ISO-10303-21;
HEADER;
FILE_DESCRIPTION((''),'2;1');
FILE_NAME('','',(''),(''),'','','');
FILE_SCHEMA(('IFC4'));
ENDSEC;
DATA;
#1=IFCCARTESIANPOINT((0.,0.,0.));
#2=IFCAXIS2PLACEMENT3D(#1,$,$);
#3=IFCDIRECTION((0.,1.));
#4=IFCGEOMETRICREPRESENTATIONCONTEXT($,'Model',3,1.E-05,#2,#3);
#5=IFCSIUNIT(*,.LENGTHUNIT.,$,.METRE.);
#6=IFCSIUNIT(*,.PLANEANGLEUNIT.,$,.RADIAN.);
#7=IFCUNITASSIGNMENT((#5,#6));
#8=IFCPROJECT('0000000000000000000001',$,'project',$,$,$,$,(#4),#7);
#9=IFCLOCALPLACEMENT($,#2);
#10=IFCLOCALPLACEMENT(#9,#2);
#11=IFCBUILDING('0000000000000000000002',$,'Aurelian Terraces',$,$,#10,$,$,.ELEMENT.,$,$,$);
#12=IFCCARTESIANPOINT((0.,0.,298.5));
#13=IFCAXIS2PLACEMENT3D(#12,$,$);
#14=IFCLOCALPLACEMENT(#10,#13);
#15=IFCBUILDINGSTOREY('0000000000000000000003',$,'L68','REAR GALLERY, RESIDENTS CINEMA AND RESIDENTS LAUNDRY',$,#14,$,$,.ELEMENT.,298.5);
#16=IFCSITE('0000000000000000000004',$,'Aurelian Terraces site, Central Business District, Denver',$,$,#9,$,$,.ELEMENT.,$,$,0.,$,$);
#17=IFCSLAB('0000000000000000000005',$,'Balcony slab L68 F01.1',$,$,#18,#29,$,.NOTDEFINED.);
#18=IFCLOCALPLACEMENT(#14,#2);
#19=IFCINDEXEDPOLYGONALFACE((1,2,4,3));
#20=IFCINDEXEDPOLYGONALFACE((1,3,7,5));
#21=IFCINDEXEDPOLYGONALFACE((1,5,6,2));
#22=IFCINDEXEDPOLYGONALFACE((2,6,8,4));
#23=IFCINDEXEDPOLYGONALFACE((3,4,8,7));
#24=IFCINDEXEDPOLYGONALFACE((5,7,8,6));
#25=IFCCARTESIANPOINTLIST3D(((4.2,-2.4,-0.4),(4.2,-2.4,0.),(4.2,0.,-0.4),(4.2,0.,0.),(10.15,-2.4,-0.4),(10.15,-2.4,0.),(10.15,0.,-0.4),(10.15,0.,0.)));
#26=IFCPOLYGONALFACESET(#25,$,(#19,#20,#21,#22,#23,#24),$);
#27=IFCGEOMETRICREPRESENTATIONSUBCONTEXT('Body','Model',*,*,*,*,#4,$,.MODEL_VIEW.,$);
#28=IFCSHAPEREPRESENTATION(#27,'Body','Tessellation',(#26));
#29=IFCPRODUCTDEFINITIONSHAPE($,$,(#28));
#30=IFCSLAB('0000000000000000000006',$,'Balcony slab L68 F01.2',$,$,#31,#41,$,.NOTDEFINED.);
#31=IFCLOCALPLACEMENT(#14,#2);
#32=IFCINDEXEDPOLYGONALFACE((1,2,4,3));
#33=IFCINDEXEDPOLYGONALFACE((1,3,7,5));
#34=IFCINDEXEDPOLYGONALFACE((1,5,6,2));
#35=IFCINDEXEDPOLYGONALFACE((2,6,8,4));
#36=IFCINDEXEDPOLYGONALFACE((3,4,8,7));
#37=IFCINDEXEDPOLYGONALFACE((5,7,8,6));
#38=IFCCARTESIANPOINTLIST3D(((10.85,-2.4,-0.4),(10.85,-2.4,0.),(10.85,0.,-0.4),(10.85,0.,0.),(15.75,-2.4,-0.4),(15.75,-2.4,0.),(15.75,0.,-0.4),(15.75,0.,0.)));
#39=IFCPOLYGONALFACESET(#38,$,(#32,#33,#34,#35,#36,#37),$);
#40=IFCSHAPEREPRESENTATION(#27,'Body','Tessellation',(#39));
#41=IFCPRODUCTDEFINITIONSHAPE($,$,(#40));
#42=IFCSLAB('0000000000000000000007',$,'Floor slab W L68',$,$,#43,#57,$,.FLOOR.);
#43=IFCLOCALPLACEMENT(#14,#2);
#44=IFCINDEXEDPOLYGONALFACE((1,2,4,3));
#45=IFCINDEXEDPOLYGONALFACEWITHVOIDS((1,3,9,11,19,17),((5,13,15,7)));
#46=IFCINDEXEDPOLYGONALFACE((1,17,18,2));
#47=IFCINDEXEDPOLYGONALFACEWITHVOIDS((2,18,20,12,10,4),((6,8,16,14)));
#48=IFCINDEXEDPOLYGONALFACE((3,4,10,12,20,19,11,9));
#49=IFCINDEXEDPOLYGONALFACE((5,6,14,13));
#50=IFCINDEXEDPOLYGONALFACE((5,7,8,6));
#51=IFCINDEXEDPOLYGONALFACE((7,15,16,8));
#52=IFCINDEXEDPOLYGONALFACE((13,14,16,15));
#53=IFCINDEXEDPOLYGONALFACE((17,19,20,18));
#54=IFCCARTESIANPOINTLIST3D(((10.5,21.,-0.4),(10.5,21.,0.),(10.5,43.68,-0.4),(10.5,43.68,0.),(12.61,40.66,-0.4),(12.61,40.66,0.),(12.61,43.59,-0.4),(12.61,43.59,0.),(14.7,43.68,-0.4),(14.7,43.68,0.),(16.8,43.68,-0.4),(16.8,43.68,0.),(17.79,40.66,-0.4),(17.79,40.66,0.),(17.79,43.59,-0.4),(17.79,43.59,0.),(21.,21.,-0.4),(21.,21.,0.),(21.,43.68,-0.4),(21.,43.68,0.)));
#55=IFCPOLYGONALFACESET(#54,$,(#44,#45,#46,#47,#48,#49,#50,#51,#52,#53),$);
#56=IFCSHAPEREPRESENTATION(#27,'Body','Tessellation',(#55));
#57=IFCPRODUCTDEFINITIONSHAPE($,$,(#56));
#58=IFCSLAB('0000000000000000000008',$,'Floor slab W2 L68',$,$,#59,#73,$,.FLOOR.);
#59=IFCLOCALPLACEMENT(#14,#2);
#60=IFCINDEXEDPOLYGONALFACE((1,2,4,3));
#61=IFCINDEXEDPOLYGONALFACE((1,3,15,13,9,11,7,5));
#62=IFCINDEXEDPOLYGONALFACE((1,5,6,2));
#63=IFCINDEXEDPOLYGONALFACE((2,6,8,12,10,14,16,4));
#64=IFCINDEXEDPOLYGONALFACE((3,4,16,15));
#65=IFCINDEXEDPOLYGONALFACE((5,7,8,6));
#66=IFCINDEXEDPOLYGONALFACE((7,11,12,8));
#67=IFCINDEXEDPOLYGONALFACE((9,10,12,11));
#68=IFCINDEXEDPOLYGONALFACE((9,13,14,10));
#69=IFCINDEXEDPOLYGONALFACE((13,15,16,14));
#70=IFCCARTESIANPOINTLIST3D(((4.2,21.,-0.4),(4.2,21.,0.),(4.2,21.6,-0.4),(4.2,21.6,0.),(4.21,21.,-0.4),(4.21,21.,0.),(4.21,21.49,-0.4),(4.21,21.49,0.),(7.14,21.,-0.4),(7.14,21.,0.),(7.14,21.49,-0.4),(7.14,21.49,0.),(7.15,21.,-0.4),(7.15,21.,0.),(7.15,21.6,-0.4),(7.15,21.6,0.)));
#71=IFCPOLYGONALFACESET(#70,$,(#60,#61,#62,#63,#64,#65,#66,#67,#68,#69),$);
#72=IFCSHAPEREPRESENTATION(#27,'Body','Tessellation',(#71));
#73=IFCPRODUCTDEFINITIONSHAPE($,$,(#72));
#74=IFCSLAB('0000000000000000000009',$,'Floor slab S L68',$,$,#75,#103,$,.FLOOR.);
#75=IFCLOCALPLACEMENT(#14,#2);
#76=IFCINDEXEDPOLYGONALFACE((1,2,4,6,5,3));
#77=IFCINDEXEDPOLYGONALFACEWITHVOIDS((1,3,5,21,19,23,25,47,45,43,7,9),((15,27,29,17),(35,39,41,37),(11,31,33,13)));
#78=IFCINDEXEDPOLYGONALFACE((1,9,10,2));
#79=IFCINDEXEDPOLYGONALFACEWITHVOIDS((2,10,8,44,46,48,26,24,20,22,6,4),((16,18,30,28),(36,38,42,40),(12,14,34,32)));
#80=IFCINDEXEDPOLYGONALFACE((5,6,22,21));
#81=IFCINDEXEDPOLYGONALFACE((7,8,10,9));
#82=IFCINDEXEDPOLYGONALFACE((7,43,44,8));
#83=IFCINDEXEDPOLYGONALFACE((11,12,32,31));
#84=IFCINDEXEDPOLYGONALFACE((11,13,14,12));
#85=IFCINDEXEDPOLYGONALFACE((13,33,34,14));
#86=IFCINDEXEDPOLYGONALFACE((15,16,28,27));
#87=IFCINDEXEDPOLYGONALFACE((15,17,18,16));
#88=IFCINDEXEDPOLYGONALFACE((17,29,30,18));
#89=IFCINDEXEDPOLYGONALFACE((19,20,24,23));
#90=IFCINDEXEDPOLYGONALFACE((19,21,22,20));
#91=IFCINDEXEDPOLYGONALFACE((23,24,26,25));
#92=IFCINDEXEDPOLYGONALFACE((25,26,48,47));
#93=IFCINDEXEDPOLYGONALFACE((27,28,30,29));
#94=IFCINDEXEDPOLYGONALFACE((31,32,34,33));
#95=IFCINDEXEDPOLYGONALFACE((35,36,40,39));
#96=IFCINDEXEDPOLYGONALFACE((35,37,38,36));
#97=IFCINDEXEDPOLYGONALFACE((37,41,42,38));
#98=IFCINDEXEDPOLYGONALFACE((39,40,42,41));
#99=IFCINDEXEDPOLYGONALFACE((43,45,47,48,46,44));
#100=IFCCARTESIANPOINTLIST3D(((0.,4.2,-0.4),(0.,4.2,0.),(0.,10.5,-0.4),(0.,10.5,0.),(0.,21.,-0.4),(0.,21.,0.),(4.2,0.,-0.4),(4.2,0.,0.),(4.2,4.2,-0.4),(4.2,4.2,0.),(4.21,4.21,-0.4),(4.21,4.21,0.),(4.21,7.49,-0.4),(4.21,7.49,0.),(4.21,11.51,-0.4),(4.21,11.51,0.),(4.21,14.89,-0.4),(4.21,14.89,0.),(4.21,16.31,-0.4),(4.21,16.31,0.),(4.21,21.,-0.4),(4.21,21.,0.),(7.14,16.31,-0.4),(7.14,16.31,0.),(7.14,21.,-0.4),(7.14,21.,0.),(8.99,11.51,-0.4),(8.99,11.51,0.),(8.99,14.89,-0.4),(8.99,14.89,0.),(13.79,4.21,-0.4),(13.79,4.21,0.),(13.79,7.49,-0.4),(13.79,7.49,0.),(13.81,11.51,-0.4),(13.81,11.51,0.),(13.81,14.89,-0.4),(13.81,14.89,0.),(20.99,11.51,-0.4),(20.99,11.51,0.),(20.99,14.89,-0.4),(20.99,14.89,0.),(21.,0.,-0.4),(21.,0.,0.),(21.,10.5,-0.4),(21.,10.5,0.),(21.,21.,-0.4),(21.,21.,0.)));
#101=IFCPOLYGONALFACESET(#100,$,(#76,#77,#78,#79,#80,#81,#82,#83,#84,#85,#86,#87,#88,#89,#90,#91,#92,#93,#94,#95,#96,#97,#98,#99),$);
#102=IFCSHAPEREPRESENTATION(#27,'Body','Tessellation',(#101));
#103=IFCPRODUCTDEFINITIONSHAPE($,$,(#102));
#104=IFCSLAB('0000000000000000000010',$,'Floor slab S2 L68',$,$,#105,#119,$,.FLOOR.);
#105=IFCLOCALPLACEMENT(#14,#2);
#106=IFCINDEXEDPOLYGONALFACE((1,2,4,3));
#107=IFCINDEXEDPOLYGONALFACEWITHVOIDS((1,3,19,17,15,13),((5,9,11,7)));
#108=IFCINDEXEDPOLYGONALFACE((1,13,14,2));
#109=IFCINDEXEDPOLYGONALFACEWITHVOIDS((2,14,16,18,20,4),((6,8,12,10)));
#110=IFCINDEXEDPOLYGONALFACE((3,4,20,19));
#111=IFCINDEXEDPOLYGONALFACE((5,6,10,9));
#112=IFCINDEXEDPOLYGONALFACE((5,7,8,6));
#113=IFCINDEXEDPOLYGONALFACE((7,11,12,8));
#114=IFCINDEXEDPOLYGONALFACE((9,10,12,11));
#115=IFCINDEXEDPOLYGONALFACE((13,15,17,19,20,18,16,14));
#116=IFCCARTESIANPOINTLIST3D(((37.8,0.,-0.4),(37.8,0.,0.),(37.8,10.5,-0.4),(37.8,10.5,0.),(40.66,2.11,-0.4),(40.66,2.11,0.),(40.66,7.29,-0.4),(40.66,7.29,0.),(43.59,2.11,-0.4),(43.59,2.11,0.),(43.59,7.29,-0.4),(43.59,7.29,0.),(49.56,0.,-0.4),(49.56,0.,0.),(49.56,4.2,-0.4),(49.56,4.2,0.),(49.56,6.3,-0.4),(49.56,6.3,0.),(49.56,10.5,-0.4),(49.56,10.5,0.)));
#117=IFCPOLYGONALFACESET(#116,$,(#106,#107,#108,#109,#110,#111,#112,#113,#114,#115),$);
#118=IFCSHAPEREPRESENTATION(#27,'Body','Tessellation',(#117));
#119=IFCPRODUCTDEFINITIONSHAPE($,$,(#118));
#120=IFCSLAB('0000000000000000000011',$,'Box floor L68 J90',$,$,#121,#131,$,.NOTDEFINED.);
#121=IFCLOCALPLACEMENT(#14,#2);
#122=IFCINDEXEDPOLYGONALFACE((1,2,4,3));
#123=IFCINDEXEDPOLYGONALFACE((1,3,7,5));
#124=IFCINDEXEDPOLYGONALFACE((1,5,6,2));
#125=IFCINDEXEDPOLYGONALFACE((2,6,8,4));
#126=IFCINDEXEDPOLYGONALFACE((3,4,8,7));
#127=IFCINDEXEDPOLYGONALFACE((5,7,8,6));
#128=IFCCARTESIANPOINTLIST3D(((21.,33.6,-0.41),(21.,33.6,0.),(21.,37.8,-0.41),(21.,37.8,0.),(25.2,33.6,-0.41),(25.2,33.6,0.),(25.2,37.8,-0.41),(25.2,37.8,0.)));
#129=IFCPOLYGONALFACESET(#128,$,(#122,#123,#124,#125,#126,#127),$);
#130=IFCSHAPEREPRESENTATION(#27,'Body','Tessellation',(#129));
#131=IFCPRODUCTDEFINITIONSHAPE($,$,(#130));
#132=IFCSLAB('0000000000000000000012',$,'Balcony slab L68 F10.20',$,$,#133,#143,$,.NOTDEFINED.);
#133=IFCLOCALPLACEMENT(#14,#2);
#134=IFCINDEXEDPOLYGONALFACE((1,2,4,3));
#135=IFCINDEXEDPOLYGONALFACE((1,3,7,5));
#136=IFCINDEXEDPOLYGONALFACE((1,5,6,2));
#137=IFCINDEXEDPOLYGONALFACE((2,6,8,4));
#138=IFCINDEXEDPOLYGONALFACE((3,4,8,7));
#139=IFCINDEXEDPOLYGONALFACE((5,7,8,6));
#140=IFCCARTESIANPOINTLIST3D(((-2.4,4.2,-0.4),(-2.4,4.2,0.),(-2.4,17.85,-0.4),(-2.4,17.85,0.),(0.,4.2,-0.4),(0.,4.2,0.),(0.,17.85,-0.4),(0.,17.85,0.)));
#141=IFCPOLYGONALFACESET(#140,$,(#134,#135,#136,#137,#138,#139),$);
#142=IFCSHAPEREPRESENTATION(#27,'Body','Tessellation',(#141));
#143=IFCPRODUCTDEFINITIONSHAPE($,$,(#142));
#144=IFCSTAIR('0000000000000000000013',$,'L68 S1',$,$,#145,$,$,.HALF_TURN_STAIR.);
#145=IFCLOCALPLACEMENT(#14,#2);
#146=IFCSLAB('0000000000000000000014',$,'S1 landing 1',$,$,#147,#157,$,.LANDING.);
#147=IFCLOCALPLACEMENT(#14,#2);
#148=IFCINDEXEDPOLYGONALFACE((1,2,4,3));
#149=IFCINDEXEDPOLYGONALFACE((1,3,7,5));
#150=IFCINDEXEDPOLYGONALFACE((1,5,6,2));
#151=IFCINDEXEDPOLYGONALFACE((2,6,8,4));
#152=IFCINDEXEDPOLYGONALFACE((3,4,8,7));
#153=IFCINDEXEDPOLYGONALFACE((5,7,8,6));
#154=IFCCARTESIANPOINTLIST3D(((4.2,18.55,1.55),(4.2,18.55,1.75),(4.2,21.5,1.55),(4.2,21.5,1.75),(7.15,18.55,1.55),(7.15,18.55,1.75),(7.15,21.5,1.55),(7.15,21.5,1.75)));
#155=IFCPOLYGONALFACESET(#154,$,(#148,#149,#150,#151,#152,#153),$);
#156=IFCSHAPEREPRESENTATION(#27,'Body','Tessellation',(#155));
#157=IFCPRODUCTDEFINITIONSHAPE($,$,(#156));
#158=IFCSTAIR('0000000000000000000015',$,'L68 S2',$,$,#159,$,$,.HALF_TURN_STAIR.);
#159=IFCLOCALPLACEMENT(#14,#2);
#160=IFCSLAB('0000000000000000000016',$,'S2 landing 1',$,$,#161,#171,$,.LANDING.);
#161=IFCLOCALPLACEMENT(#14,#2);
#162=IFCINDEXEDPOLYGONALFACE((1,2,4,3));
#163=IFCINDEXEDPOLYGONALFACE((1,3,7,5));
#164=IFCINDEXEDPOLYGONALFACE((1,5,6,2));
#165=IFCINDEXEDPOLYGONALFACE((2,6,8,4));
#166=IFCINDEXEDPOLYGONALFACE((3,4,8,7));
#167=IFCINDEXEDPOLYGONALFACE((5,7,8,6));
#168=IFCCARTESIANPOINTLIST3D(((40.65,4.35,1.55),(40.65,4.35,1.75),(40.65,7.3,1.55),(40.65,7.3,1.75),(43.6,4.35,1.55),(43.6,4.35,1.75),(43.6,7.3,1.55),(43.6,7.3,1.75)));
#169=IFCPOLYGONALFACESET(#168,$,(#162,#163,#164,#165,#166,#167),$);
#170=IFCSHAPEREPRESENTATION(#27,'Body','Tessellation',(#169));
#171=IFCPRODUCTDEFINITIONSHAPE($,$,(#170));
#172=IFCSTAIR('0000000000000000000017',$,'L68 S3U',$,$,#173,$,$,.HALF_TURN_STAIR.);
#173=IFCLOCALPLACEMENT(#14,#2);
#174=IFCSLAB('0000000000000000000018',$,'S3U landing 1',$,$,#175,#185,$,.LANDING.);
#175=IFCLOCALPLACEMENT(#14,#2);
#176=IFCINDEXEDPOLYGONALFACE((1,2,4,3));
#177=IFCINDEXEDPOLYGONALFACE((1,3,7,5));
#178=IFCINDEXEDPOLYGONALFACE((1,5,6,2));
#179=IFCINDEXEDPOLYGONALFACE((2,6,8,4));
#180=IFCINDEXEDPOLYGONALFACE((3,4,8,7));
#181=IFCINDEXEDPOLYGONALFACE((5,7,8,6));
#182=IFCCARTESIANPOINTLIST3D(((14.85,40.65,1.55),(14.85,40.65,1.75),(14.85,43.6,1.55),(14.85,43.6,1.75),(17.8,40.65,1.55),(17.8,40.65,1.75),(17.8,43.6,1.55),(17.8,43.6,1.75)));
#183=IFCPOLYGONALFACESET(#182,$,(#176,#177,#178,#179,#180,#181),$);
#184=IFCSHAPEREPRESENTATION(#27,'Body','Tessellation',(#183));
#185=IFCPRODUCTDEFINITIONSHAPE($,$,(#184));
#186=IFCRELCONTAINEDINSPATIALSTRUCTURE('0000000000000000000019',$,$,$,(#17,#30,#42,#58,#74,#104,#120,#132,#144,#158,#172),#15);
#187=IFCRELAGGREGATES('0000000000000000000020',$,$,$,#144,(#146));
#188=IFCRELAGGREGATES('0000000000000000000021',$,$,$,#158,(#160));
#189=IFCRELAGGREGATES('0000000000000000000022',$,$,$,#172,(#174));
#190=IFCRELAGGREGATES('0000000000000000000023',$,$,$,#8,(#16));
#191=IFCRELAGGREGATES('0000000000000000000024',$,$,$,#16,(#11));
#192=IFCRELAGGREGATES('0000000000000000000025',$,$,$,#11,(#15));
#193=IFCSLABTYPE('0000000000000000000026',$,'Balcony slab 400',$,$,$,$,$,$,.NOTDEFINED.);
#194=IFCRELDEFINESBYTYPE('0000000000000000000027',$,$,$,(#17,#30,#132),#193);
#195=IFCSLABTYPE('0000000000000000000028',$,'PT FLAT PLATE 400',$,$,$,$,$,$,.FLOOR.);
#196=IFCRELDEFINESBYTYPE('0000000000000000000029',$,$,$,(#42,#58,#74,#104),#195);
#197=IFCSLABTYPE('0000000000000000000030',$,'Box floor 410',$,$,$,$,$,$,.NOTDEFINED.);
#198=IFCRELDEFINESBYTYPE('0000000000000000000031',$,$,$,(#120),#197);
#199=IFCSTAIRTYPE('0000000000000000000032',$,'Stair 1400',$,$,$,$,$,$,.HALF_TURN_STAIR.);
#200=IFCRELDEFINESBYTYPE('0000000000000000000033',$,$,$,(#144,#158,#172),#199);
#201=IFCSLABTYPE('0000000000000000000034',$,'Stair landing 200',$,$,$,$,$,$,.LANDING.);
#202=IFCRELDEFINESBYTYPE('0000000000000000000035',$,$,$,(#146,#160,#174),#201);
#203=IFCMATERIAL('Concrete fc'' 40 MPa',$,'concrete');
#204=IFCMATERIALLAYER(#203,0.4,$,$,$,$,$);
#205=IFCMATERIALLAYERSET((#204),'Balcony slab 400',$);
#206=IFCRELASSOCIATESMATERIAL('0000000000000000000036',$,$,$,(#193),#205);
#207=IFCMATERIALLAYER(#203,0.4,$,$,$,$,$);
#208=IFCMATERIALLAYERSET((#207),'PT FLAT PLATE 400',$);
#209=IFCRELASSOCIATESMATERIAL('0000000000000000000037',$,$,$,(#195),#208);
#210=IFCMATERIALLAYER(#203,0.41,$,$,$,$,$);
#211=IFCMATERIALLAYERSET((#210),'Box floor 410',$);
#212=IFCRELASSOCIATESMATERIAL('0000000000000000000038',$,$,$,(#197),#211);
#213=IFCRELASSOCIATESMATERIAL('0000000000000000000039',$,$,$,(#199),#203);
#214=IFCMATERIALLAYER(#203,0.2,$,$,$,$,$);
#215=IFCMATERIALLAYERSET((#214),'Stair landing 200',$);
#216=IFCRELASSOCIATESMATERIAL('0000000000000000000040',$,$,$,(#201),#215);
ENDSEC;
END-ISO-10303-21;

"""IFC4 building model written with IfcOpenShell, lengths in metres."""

from ifc_helpers import new_model, si_unit, direction, frame, origin, place, context, subcontext, project, spatial, polyline, outline, extrude, source, transform, mapped, material, layer, layer_set, type_object, element, aggregate, save


model = new_model("IFC4")

# Units and contexts
model_context = context("Model", 3, precision=1e-05, world=origin(), true_north=direction((0.0, 1.0)))
body_context = subcontext(model_context, "Body", "Model", "MODEL_VIEW")
ifc_project = project(units=[si_unit("LENGTHUNIT", "METRE"), si_unit("PLANEANGLEUNIT", "RADIAN")], contexts=[model_context])

# Site, building, storey
site_placement = place(None, origin())
site = spatial("IfcSite", under=ifc_project, at=site_placement, Name="Aurelian Terraces site, Central Business District, Denver", CompositionType="ELEMENT", RefElevation=0.0)
building_placement = place(site_placement, origin())
building = spatial("IfcBuilding", under=site, at=building_placement, Name="Aurelian Terraces", CompositionType="ELEMENT")
storey_placement = place(building_placement, frame((0.0, 0.0, 298.5)))
storey = spatial("IfcBuildingStorey", under=building, at=storey_placement, Name="L68", Description="REAR GALLERY, RESIDENTS CINEMA AND RESIDENTS LAUNDRY", CompositionType="ELEMENT", Elevation=298.5)

# Slabs
ifc_material_1 = material(Name="Concrete fc' 40 MPa", Category="concrete")
ifc_layer_1 = layer(ifc_material_1, 0.4)
ifc_layer_set_1 = layer_set([ifc_layer_1], Name="Balcony slab 400")
slab_type_1 = type_object("IfcSlabType", Name="Balcony slab 400", PredefinedType="NOTDEFINED", material=ifc_layer_set_1)
slab_1_placement = place(storey_placement, frame((0.0, 0.0, -0.4)))
element("IfcSlab", 1, at=slab_1_placement, inside=storey, type_object=slab_type_1, Name="Balcony slab L68 F01.1", PredefinedType="NOTDEFINED", context=body_context, shape_type="SweptSolid", body=[
    extrude(outline(polyline([(4.2, 0.0), (10.15, 0.0), (10.15, -2.4), (4.2, -2.4), (4.2, 0.0)])), origin(), (0.0, 0.0, 1.0), 0.4),
])
slab_2_placement = place(storey_placement, frame((0.0, 0.0, -0.4)))
element("IfcSlab", 2, at=slab_2_placement, inside=storey, type_object=slab_type_1, Name="Balcony slab L68 F01.2", PredefinedType="NOTDEFINED", context=body_context, shape_type="SweptSolid", body=[
    extrude(outline(polyline([(10.85, 0.0), (15.75, 0.0), (15.75, -2.4), (10.85, -2.4), (10.85, 0.0)])), origin(), (0.0, 0.0, 1.0), 0.4),
])
ifc_layer_2 = layer(ifc_material_1, 0.4)
ifc_layer_set_2 = layer_set([ifc_layer_2], Name="PT FLAT PLATE 400")
slab_type_2 = type_object("IfcSlabType", Name="PT FLAT PLATE 400", PredefinedType="FLOOR", material=ifc_layer_set_2)
shared_shape_1 = source(origin(), body_context, "Body", "SweptSolid", [
    extrude(outline(polyline([(10.5, 43.68), (14.7, 43.68), (16.8, 43.68), (21.0, 43.68), (21.0, 21.0), (10.5, 21.0), (10.5, 43.68)]), holes=[polyline([(17.79, 43.59), (12.61, 43.59), (12.61, 40.66), (17.79, 40.66), (17.79, 43.59)])]), origin(), (0.0, 0.0, 1.0), 0.4),
])
slab_3_placement = place(storey_placement, frame((0.0, 0.0, -0.4)))
element("IfcSlab", 3, at=slab_3_placement, inside=storey, type_object=slab_type_2, Name="Floor slab W L68", PredefinedType="FLOOR", context=body_context, shape_type="MappedRepresentation", body=[
    mapped(shared_shape_1, transform((0.0, 0.0, 0.0), scale=1.0)),
])
shared_shape_2 = source(origin(), body_context, "Body", "SweptSolid", [
    extrude(outline(polyline([(4.2, 21.0), (4.2, 21.6), (7.15, 21.6), (7.15, 21.0), (7.14, 21.0), (7.14, 21.49), (4.21, 21.49), (4.21, 21.0), (4.2, 21.0)])), origin(), (0.0, 0.0, 1.0), 0.4),
])
slab_4_placement = place(storey_placement, frame((0.0, 0.0, -0.4)))
element("IfcSlab", 4, at=slab_4_placement, inside=storey, type_object=slab_type_2, Name="Floor slab W2 L68", PredefinedType="FLOOR", context=body_context, shape_type="MappedRepresentation", body=[
    mapped(shared_shape_2, transform((0.0, 0.0, 0.0), scale=1.0)),
])
shared_shape_3 = source(origin(), body_context, "Body", "SweptSolid", [
    extrude(outline(polyline([(4.2, 4.2), (0.0, 4.2), (0.0, 10.5), (0.0, 21.0), (4.21, 21.0), (4.21, 16.31), (7.14, 16.31), (7.14, 21.0), (21.0, 21.0), (21.0, 10.5), (21.0, 0.0), (4.2, 0.0), (4.2, 4.2)]), holes=[polyline([(13.81, 14.89), (13.81, 11.51), (20.99, 11.51), (20.99, 14.89), (13.81, 14.89)]), polyline([(4.21, 7.49), (4.21, 4.21), (13.79, 4.21), (13.79, 7.49), (4.21, 7.49)]), polyline([(8.99, 11.51), (8.99, 14.89), (4.21, 14.89), (4.21, 11.51), (8.99, 11.51)])]), origin(), (0.0, 0.0, 1.0), 0.4),
])
slab_5_placement = place(storey_placement, frame((0.0, 0.0, -0.4)))
element("IfcSlab", 5, at=slab_5_placement, inside=storey, type_object=slab_type_2, Name="Floor slab S L68", PredefinedType="FLOOR", context=body_context, shape_type="MappedRepresentation", body=[
    mapped(shared_shape_3, transform((0.0, 0.0, 0.0), scale=1.0)),
])
shared_shape_4 = source(origin(), body_context, "Body", "SweptSolid", [
    extrude(outline(polyline([(37.8, 10.5), (49.56, 10.5), (49.56, 6.3), (49.56, 4.2), (49.56, 0.0), (37.8, 0.0), (37.8, 10.5)]), holes=[polyline([(40.66, 2.11), (43.59, 2.11), (43.59, 7.29), (40.66, 7.29), (40.66, 2.11)])]), origin(), (0.0, 0.0, 1.0), 0.4),
])
slab_6_placement = place(storey_placement, frame((0.0, 0.0, -0.4)))
element("IfcSlab", 6, at=slab_6_placement, inside=storey, type_object=slab_type_2, Name="Floor slab S2 L68", PredefinedType="FLOOR", context=body_context, shape_type="MappedRepresentation", body=[
    mapped(shared_shape_4, transform((0.0, 0.0, 0.0), scale=1.0)),
])
ifc_layer_3 = layer(ifc_material_1, 0.41)
ifc_layer_set_3 = layer_set([ifc_layer_3], Name="Box floor 410")
slab_type_3 = type_object("IfcSlabType", Name="Box floor 410", PredefinedType="NOTDEFINED", material=ifc_layer_set_3)
shared_shape_5 = source(origin(), body_context, "Body", "SweptSolid", [
    extrude(outline(polyline([(25.2, 33.6), (25.2, 37.8), (21.0, 37.8), (21.0, 33.6), (25.2, 33.6)])), origin(), (0.0, 0.0, 1.0), 0.41),
])
slab_7_placement = place(storey_placement, frame((0.0, 0.0, -0.41)))
element("IfcSlab", 7, at=slab_7_placement, inside=storey, type_object=slab_type_3, Name="Box floor L68 J90", PredefinedType="NOTDEFINED", context=body_context, shape_type="MappedRepresentation", body=[
    mapped(shared_shape_5, transform((0.0, 0.0, 0.0), scale=1.0)),
])
shared_shape_6 = source(origin(), body_context, "Body", "SweptSolid", [
    extrude(outline(polyline([(0.0, 17.85), (0.0, 4.2), (-2.4, 4.2), (-2.4, 17.85), (0.0, 17.85)])), origin(), (0.0, 0.0, 1.0), 0.4),
])
slab_8_placement = place(storey_placement, frame((0.0, 0.0, -0.4)))
element("IfcSlab", 8, at=slab_8_placement, inside=storey, type_object=slab_type_1, Name="Balcony slab L68 F10.20", PredefinedType="NOTDEFINED", context=body_context, shape_type="MappedRepresentation", body=[
    mapped(shared_shape_6, transform((0.0, 0.0, 0.0), scale=1.0)),
])

# Stairs, slabs
stair_type = type_object("IfcStairType", Name="Stair 1400", PredefinedType="HALF_TURN_STAIR", material=ifc_material_1)
stair_1_placement = place(storey_placement, origin())
stair_1 = element("IfcStair", 9, at=stair_1_placement, inside=storey, type_object=stair_type, Name="L68 S1", PredefinedType="HALF_TURN_STAIR")
ifc_layer_4 = layer(ifc_material_1, 0.2)
ifc_layer_set_4 = layer_set([ifc_layer_4], Name="Stair landing 200")
slab_type_4 = type_object("IfcSlabType", Name="Stair landing 200", PredefinedType="LANDING", material=ifc_layer_set_4)
shared_shape_7 = source(origin(), body_context, "Body", "SweptSolid", [
    extrude(outline(polyline([(7.15, 18.55), (7.15, 21.5), (4.2, 21.5), (4.2, 18.55), (7.15, 18.55)])), origin(), (0.0, 0.0, 1.0), 0.2),
])
slab_9_placement = place(storey_placement, frame((0.0, 0.0, 1.55)))
slab_9 = element("IfcSlab", 10, at=slab_9_placement, type_object=slab_type_4, Name="S1 landing 1", PredefinedType="LANDING", context=body_context, shape_type="MappedRepresentation", body=[
    mapped(shared_shape_7, transform((0.0, 0.0, 0.0), scale=1.0)),
])
aggregate(stair_1, [slab_9])
stair_2_placement = place(storey_placement, origin())
stair_2 = element("IfcStair", 11, at=stair_2_placement, inside=storey, type_object=stair_type, Name="L68 S2", PredefinedType="HALF_TURN_STAIR")
shared_shape_8 = source(origin(), body_context, "Body", "SweptSolid", [
    extrude(outline(polyline([(43.6, 4.35), (43.6, 7.3), (40.65, 7.3), (40.65, 4.35), (43.6, 4.35)])), origin(), (0.0, 0.0, 1.0), 0.2),
])
slab_10_placement = place(storey_placement, frame((0.0, 0.0, 1.55)))
slab_10 = element("IfcSlab", 12, at=slab_10_placement, type_object=slab_type_4, Name="S2 landing 1", PredefinedType="LANDING", context=body_context, shape_type="MappedRepresentation", body=[
    mapped(shared_shape_8, transform((0.0, 0.0, 0.0), scale=1.0)),
])
aggregate(stair_2, [slab_10])
stair_3_placement = place(storey_placement, origin())
stair_3 = element("IfcStair", 13, at=stair_3_placement, inside=storey, type_object=stair_type, Name="L68 S3U", PredefinedType="HALF_TURN_STAIR")
shared_shape_9 = source(origin(), body_context, "Body", "SweptSolid", [
    extrude(outline(polyline([(14.85, 40.65), (17.8, 40.65), (17.8, 43.6), (14.85, 43.6), (14.85, 40.65)])), origin(), (0.0, 0.0, 1.0), 0.2),
])
slab_11_placement = place(storey_placement, frame((0.0, 0.0, 1.55)))
slab_11 = element("IfcSlab", 14, at=slab_11_placement, type_object=slab_type_4, Name="S3U landing 1", PredefinedType="LANDING", context=body_context, shape_type="MappedRepresentation", body=[
    mapped(shared_shape_9, transform((0.0, 0.0, 0.0), scale=1.0)),
])
aggregate(stair_3, [slab_11])

save(model, "model.ifc")
